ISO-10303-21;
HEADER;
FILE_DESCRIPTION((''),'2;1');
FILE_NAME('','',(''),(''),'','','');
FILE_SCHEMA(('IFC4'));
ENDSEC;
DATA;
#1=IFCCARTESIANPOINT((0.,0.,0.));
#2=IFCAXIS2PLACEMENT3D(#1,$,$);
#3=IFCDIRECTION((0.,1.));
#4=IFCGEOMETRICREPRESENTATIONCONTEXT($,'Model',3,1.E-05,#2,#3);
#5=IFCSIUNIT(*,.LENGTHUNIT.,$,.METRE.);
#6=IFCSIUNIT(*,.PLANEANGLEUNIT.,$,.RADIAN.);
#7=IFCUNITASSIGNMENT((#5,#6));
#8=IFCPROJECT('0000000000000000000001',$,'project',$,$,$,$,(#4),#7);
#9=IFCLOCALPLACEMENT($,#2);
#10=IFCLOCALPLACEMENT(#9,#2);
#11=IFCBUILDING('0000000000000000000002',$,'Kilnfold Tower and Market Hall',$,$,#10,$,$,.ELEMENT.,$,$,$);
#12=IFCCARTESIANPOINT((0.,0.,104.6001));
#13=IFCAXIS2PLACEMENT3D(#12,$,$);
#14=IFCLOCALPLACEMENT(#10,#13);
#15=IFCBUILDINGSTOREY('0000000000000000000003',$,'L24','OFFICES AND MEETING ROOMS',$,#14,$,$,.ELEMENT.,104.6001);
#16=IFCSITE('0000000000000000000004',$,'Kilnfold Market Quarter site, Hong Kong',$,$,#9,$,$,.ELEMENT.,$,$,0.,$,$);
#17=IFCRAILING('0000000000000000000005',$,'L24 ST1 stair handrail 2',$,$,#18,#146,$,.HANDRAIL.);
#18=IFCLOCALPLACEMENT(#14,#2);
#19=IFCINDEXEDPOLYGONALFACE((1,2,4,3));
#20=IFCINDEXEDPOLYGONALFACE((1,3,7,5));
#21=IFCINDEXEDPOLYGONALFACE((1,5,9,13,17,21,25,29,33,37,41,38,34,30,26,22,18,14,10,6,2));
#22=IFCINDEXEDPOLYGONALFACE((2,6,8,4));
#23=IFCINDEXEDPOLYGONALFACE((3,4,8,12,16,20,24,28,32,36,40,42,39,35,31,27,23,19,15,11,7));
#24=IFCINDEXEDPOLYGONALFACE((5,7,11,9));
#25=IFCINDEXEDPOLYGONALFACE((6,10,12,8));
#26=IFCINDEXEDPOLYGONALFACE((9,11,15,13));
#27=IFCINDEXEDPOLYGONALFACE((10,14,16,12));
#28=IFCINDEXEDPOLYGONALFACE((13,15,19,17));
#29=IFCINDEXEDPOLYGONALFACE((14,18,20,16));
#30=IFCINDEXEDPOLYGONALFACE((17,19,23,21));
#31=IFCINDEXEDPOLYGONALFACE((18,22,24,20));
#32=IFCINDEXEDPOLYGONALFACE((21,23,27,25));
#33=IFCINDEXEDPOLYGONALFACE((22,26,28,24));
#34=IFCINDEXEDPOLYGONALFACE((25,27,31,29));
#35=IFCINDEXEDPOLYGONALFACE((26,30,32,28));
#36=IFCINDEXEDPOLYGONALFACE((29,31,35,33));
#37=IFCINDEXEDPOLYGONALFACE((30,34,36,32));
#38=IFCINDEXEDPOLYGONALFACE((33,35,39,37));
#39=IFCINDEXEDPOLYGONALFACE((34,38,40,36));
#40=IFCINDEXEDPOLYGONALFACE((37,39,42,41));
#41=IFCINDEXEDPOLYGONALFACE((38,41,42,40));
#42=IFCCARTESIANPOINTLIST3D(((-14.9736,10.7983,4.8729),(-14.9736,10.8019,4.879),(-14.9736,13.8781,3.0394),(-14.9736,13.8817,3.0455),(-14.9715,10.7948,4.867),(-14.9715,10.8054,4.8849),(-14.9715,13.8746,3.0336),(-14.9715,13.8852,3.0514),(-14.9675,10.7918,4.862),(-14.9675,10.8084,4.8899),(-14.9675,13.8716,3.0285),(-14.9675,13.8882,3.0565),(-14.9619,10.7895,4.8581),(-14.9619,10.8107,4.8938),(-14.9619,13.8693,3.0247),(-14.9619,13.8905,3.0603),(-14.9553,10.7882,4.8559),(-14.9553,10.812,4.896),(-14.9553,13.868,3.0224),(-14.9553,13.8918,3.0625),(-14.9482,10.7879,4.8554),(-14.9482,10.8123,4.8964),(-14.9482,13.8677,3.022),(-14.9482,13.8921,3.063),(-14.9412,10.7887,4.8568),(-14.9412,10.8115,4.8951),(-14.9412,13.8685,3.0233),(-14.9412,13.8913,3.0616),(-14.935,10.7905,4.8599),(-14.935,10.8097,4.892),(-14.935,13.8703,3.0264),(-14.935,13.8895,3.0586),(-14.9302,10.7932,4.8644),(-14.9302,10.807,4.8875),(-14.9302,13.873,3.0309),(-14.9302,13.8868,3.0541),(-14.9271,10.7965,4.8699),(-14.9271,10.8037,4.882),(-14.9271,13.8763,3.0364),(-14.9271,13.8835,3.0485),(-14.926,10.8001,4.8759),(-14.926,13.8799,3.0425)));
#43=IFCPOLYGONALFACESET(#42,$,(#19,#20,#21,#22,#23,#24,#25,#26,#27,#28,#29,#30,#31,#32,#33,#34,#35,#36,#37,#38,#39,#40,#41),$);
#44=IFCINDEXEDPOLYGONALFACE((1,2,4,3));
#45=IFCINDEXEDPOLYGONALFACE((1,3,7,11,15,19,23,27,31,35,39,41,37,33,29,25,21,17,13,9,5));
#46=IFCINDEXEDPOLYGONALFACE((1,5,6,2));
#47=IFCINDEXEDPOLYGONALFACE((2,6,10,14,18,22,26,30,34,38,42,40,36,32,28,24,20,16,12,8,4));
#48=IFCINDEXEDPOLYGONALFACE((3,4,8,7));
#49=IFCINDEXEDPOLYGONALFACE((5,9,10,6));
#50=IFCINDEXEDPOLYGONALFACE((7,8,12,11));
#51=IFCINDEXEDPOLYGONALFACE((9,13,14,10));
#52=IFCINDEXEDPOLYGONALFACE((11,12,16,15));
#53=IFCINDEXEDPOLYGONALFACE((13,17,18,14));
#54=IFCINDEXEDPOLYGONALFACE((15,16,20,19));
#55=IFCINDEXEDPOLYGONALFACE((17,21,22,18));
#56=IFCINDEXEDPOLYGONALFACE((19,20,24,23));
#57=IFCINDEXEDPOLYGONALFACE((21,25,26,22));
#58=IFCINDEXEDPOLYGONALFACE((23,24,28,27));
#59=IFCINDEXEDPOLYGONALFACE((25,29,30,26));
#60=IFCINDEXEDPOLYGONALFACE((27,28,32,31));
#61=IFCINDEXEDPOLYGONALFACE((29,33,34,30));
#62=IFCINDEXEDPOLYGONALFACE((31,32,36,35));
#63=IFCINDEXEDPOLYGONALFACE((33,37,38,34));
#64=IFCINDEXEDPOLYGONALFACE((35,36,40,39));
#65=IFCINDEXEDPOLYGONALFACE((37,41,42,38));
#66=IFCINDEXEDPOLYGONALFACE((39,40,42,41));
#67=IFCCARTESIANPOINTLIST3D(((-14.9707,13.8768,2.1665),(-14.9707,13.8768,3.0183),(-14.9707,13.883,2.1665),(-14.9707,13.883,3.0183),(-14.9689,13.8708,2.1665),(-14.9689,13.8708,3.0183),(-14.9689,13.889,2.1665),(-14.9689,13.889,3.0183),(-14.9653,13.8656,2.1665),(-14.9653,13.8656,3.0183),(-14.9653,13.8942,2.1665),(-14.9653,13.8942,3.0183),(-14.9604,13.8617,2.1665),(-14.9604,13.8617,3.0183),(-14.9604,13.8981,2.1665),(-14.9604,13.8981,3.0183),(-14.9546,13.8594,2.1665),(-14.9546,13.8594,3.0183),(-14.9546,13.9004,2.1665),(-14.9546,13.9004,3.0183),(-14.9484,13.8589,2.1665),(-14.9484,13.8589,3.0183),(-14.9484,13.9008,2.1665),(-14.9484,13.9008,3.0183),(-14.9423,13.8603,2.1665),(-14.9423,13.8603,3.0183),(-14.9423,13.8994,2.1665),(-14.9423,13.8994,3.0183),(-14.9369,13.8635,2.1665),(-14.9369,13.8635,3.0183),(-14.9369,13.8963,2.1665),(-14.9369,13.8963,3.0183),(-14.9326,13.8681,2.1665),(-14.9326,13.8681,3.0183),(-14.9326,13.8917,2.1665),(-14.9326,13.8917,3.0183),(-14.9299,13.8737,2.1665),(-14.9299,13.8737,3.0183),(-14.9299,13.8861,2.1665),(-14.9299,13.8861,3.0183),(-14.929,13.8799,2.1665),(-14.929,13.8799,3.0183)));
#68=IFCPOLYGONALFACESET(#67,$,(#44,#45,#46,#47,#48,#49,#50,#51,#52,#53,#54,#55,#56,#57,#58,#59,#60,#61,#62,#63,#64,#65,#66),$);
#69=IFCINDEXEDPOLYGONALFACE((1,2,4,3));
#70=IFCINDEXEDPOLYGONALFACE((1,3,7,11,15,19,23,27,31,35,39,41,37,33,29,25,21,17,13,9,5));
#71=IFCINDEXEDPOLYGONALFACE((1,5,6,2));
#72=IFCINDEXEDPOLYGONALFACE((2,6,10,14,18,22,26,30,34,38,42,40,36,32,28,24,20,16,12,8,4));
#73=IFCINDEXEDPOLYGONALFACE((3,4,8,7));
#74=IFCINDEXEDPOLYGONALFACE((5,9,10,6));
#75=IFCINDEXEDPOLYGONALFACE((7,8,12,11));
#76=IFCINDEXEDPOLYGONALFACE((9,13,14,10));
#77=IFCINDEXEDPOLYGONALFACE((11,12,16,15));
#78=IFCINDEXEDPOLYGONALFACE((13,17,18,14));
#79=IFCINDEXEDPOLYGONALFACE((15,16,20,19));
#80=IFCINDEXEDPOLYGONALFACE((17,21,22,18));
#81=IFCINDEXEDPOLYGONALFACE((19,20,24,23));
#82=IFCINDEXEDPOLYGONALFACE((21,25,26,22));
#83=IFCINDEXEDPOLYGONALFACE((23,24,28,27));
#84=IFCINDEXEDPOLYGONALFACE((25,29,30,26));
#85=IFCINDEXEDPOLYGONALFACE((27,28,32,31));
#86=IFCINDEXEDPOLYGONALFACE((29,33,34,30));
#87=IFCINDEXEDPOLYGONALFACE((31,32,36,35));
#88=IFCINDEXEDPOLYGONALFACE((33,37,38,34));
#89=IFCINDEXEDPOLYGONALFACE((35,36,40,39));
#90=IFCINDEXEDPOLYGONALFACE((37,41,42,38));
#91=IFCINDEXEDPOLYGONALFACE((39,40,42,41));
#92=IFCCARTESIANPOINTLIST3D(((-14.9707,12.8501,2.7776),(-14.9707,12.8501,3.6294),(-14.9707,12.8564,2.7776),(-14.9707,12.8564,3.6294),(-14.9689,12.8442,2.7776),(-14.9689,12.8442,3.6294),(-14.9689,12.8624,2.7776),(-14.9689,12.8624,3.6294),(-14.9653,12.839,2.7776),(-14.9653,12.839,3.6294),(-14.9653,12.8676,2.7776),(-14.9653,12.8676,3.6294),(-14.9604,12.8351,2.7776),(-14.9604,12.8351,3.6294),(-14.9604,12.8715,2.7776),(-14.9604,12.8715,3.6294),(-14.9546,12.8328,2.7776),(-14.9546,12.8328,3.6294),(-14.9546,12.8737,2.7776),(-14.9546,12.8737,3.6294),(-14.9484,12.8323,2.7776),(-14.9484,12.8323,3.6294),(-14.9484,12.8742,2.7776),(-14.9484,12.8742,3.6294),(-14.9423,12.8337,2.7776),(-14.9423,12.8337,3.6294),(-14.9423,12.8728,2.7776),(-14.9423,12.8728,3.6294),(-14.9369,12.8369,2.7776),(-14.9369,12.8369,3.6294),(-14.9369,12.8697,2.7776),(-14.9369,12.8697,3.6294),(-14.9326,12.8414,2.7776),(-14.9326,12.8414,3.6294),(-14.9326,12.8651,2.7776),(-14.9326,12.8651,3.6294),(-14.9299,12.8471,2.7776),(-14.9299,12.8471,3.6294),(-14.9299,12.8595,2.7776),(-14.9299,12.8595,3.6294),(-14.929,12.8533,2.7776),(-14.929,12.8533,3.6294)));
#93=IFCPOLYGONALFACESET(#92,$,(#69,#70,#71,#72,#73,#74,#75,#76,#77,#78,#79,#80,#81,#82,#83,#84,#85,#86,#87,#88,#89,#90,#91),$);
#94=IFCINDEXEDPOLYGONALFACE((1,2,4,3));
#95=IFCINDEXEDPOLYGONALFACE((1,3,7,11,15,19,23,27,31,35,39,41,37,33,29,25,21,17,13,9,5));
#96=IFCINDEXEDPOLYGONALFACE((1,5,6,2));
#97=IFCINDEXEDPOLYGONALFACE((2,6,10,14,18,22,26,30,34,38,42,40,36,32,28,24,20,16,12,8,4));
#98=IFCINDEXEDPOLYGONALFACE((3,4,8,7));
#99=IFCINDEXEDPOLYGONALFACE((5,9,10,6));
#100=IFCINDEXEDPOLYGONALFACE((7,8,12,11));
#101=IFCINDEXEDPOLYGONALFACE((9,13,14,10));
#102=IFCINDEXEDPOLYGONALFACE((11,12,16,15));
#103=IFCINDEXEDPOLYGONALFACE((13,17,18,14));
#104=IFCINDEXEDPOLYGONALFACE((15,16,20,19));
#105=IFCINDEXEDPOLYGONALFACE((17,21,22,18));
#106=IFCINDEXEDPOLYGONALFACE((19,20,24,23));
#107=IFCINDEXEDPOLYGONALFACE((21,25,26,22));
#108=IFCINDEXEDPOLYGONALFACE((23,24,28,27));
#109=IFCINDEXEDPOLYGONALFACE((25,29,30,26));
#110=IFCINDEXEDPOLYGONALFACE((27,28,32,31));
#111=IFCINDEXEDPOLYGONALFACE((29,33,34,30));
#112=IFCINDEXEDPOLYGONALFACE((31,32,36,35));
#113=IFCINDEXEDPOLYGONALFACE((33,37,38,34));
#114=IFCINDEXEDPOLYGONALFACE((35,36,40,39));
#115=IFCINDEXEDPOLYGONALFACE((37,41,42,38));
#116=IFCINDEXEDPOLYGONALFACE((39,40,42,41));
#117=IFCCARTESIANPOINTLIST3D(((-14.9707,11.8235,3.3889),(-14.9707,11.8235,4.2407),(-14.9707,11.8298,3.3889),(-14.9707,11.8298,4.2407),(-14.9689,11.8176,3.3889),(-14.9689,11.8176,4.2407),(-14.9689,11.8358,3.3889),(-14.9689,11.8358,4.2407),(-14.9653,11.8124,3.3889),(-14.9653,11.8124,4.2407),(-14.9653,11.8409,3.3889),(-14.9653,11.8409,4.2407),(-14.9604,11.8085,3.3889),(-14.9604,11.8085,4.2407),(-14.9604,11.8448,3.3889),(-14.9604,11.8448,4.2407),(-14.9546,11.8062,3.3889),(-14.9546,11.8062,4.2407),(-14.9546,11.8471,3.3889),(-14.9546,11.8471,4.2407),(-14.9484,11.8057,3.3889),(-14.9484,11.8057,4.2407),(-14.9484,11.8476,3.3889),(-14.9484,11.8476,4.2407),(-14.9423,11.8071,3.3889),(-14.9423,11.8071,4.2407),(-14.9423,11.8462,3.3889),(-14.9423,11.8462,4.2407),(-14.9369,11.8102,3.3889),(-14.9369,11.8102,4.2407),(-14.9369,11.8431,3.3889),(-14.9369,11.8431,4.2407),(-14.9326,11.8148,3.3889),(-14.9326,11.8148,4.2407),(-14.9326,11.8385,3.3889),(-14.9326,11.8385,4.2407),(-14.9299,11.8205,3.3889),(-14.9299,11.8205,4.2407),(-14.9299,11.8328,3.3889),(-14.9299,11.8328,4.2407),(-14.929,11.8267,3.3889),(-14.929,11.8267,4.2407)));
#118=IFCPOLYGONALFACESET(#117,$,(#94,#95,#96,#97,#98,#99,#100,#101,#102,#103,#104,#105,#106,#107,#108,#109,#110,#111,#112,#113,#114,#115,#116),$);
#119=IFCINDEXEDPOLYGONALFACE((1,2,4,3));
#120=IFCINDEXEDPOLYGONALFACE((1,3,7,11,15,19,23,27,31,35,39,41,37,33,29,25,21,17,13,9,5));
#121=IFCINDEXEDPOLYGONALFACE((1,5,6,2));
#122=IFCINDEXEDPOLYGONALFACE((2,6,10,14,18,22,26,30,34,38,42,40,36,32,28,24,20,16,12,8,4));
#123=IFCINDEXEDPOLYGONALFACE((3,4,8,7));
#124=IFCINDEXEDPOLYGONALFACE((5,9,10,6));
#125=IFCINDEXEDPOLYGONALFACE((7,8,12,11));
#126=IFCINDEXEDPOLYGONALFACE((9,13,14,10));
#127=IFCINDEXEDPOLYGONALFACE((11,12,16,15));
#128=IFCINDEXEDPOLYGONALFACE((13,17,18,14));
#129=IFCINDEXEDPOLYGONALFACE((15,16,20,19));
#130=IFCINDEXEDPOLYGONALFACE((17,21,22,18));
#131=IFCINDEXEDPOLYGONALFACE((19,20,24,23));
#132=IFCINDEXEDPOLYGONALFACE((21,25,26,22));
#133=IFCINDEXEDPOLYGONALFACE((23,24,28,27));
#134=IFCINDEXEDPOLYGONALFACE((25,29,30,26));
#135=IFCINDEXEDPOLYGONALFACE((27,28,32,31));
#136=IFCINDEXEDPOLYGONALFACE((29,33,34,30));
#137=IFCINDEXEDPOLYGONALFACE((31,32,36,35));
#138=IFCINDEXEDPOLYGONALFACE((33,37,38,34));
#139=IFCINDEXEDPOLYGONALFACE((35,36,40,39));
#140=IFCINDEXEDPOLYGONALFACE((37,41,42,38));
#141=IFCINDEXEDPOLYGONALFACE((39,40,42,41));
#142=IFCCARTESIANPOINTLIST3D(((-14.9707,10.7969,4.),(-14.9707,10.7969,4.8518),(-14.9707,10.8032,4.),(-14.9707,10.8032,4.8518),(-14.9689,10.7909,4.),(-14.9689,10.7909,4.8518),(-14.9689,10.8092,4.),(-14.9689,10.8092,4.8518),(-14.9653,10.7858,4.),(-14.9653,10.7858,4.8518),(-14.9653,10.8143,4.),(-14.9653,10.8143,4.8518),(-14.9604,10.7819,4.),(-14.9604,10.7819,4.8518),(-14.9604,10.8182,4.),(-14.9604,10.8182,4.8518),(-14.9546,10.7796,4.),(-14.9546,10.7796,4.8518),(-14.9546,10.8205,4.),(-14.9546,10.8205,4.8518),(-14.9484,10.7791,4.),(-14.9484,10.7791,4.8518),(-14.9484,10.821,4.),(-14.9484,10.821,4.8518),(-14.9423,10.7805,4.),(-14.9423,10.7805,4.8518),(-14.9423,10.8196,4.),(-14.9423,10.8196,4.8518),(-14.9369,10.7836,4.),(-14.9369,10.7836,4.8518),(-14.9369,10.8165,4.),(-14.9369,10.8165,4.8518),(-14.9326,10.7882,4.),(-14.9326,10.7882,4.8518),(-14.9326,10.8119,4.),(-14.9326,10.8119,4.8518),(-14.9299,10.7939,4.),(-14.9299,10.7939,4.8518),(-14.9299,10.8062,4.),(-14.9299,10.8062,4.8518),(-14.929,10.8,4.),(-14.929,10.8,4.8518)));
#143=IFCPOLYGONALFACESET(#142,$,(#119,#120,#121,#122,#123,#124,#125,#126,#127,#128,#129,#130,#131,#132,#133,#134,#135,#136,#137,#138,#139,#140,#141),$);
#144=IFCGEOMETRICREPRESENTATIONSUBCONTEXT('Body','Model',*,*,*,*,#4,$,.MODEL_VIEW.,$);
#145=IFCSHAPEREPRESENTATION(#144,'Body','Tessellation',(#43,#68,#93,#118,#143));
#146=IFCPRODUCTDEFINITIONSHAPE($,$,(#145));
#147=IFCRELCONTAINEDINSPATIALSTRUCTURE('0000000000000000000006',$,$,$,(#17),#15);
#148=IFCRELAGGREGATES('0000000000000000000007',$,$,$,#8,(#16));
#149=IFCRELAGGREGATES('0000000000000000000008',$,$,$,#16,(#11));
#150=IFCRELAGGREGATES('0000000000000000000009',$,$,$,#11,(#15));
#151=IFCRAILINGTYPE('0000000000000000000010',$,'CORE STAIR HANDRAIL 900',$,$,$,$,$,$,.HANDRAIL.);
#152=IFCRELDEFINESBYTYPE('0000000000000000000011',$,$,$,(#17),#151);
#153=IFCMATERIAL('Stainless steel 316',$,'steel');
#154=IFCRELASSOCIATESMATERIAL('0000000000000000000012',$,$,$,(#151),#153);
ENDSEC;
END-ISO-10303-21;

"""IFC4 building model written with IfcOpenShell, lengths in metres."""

from ifc_helpers import new_model, si_unit, direction, frame, origin, origin_2d, place, context, subcontext, project, spatial, circle, extrude, material, type_object, element, save


model = new_model("IFC4")

# Units and contexts
model_context = context("Model", 3, precision=1e-05, world=origin(), true_north=direction((0.0, 1.0)))
body_context = subcontext(model_context, "Body", "Model", "MODEL_VIEW")
ifc_project = project(units=[si_unit("LENGTHUNIT", "METRE"), si_unit("PLANEANGLEUNIT", "RADIAN")], contexts=[model_context])

# Site, building, storey
site_placement = place(None, origin())
site = spatial("IfcSite", under=ifc_project, at=site_placement, Name="Kilnfold Market Quarter site, Hong Kong", CompositionType="ELEMENT", RefElevation=0.0)
building_placement = place(site_placement, origin())
building = spatial("IfcBuilding", under=site, at=building_placement, Name="Kilnfold Tower and Market Hall", CompositionType="ELEMENT")
storey_placement = place(building_placement, frame((0.0, 0.0, 104.6001)))
storey = spatial("IfcBuildingStorey", under=building, at=storey_placement, Name="L24", Description="OFFICES AND MEETING ROOMS", CompositionType="ELEMENT", Elevation=104.6001)

# Railing
ifc_material_1 = material(Name="Stainless steel 316", Category="steel")
railing_type_1 = type_object("IfcRailingType", Name="CORE STAIR HANDRAIL 900", PredefinedType="HANDRAIL", material=ifc_material_1)
railing_1_placement = place(storey_placement, frame((-14.95, 13.8799, 2.1665)))
element("IfcRailing", 1, at=railing_1_placement, inside=storey, type_object=railing_type_1, Name="L24 ST1 stair handrail 2", PredefinedType="HANDRAIL", context=body_context, shape_type="SweptSolid", body=[
    extrude(circle(Radius=0.0239, at=origin_2d()), frame((0.0, 0.0, 0.876), z_axis=(0.0, -0.859261, 0.511538), x_axis=(1.0, 0.0, 0.0)), (0.0, 0.0, 1.0), 3.5842),
    extrude(circle(Radius=0.021, at=origin_2d()), origin(), (0.0, 0.0, 1.0), 0.8518),
    extrude(circle(Radius=0.021, at=origin_2d()), frame((0.0, -1.0266, 0.6111)), (0.0, 0.0, 1.0), 0.8518),
    extrude(circle(Radius=0.021, at=origin_2d()), frame((0.0, -2.0532, 1.2224)), (0.0, 0.0, 1.0), 0.8518),
    extrude(circle(Radius=0.021, at=origin_2d()), frame((0.0, -3.0798, 1.8335)), (0.0, 0.0, 1.0), 0.8518),
])

save(model, "model.ifc")
